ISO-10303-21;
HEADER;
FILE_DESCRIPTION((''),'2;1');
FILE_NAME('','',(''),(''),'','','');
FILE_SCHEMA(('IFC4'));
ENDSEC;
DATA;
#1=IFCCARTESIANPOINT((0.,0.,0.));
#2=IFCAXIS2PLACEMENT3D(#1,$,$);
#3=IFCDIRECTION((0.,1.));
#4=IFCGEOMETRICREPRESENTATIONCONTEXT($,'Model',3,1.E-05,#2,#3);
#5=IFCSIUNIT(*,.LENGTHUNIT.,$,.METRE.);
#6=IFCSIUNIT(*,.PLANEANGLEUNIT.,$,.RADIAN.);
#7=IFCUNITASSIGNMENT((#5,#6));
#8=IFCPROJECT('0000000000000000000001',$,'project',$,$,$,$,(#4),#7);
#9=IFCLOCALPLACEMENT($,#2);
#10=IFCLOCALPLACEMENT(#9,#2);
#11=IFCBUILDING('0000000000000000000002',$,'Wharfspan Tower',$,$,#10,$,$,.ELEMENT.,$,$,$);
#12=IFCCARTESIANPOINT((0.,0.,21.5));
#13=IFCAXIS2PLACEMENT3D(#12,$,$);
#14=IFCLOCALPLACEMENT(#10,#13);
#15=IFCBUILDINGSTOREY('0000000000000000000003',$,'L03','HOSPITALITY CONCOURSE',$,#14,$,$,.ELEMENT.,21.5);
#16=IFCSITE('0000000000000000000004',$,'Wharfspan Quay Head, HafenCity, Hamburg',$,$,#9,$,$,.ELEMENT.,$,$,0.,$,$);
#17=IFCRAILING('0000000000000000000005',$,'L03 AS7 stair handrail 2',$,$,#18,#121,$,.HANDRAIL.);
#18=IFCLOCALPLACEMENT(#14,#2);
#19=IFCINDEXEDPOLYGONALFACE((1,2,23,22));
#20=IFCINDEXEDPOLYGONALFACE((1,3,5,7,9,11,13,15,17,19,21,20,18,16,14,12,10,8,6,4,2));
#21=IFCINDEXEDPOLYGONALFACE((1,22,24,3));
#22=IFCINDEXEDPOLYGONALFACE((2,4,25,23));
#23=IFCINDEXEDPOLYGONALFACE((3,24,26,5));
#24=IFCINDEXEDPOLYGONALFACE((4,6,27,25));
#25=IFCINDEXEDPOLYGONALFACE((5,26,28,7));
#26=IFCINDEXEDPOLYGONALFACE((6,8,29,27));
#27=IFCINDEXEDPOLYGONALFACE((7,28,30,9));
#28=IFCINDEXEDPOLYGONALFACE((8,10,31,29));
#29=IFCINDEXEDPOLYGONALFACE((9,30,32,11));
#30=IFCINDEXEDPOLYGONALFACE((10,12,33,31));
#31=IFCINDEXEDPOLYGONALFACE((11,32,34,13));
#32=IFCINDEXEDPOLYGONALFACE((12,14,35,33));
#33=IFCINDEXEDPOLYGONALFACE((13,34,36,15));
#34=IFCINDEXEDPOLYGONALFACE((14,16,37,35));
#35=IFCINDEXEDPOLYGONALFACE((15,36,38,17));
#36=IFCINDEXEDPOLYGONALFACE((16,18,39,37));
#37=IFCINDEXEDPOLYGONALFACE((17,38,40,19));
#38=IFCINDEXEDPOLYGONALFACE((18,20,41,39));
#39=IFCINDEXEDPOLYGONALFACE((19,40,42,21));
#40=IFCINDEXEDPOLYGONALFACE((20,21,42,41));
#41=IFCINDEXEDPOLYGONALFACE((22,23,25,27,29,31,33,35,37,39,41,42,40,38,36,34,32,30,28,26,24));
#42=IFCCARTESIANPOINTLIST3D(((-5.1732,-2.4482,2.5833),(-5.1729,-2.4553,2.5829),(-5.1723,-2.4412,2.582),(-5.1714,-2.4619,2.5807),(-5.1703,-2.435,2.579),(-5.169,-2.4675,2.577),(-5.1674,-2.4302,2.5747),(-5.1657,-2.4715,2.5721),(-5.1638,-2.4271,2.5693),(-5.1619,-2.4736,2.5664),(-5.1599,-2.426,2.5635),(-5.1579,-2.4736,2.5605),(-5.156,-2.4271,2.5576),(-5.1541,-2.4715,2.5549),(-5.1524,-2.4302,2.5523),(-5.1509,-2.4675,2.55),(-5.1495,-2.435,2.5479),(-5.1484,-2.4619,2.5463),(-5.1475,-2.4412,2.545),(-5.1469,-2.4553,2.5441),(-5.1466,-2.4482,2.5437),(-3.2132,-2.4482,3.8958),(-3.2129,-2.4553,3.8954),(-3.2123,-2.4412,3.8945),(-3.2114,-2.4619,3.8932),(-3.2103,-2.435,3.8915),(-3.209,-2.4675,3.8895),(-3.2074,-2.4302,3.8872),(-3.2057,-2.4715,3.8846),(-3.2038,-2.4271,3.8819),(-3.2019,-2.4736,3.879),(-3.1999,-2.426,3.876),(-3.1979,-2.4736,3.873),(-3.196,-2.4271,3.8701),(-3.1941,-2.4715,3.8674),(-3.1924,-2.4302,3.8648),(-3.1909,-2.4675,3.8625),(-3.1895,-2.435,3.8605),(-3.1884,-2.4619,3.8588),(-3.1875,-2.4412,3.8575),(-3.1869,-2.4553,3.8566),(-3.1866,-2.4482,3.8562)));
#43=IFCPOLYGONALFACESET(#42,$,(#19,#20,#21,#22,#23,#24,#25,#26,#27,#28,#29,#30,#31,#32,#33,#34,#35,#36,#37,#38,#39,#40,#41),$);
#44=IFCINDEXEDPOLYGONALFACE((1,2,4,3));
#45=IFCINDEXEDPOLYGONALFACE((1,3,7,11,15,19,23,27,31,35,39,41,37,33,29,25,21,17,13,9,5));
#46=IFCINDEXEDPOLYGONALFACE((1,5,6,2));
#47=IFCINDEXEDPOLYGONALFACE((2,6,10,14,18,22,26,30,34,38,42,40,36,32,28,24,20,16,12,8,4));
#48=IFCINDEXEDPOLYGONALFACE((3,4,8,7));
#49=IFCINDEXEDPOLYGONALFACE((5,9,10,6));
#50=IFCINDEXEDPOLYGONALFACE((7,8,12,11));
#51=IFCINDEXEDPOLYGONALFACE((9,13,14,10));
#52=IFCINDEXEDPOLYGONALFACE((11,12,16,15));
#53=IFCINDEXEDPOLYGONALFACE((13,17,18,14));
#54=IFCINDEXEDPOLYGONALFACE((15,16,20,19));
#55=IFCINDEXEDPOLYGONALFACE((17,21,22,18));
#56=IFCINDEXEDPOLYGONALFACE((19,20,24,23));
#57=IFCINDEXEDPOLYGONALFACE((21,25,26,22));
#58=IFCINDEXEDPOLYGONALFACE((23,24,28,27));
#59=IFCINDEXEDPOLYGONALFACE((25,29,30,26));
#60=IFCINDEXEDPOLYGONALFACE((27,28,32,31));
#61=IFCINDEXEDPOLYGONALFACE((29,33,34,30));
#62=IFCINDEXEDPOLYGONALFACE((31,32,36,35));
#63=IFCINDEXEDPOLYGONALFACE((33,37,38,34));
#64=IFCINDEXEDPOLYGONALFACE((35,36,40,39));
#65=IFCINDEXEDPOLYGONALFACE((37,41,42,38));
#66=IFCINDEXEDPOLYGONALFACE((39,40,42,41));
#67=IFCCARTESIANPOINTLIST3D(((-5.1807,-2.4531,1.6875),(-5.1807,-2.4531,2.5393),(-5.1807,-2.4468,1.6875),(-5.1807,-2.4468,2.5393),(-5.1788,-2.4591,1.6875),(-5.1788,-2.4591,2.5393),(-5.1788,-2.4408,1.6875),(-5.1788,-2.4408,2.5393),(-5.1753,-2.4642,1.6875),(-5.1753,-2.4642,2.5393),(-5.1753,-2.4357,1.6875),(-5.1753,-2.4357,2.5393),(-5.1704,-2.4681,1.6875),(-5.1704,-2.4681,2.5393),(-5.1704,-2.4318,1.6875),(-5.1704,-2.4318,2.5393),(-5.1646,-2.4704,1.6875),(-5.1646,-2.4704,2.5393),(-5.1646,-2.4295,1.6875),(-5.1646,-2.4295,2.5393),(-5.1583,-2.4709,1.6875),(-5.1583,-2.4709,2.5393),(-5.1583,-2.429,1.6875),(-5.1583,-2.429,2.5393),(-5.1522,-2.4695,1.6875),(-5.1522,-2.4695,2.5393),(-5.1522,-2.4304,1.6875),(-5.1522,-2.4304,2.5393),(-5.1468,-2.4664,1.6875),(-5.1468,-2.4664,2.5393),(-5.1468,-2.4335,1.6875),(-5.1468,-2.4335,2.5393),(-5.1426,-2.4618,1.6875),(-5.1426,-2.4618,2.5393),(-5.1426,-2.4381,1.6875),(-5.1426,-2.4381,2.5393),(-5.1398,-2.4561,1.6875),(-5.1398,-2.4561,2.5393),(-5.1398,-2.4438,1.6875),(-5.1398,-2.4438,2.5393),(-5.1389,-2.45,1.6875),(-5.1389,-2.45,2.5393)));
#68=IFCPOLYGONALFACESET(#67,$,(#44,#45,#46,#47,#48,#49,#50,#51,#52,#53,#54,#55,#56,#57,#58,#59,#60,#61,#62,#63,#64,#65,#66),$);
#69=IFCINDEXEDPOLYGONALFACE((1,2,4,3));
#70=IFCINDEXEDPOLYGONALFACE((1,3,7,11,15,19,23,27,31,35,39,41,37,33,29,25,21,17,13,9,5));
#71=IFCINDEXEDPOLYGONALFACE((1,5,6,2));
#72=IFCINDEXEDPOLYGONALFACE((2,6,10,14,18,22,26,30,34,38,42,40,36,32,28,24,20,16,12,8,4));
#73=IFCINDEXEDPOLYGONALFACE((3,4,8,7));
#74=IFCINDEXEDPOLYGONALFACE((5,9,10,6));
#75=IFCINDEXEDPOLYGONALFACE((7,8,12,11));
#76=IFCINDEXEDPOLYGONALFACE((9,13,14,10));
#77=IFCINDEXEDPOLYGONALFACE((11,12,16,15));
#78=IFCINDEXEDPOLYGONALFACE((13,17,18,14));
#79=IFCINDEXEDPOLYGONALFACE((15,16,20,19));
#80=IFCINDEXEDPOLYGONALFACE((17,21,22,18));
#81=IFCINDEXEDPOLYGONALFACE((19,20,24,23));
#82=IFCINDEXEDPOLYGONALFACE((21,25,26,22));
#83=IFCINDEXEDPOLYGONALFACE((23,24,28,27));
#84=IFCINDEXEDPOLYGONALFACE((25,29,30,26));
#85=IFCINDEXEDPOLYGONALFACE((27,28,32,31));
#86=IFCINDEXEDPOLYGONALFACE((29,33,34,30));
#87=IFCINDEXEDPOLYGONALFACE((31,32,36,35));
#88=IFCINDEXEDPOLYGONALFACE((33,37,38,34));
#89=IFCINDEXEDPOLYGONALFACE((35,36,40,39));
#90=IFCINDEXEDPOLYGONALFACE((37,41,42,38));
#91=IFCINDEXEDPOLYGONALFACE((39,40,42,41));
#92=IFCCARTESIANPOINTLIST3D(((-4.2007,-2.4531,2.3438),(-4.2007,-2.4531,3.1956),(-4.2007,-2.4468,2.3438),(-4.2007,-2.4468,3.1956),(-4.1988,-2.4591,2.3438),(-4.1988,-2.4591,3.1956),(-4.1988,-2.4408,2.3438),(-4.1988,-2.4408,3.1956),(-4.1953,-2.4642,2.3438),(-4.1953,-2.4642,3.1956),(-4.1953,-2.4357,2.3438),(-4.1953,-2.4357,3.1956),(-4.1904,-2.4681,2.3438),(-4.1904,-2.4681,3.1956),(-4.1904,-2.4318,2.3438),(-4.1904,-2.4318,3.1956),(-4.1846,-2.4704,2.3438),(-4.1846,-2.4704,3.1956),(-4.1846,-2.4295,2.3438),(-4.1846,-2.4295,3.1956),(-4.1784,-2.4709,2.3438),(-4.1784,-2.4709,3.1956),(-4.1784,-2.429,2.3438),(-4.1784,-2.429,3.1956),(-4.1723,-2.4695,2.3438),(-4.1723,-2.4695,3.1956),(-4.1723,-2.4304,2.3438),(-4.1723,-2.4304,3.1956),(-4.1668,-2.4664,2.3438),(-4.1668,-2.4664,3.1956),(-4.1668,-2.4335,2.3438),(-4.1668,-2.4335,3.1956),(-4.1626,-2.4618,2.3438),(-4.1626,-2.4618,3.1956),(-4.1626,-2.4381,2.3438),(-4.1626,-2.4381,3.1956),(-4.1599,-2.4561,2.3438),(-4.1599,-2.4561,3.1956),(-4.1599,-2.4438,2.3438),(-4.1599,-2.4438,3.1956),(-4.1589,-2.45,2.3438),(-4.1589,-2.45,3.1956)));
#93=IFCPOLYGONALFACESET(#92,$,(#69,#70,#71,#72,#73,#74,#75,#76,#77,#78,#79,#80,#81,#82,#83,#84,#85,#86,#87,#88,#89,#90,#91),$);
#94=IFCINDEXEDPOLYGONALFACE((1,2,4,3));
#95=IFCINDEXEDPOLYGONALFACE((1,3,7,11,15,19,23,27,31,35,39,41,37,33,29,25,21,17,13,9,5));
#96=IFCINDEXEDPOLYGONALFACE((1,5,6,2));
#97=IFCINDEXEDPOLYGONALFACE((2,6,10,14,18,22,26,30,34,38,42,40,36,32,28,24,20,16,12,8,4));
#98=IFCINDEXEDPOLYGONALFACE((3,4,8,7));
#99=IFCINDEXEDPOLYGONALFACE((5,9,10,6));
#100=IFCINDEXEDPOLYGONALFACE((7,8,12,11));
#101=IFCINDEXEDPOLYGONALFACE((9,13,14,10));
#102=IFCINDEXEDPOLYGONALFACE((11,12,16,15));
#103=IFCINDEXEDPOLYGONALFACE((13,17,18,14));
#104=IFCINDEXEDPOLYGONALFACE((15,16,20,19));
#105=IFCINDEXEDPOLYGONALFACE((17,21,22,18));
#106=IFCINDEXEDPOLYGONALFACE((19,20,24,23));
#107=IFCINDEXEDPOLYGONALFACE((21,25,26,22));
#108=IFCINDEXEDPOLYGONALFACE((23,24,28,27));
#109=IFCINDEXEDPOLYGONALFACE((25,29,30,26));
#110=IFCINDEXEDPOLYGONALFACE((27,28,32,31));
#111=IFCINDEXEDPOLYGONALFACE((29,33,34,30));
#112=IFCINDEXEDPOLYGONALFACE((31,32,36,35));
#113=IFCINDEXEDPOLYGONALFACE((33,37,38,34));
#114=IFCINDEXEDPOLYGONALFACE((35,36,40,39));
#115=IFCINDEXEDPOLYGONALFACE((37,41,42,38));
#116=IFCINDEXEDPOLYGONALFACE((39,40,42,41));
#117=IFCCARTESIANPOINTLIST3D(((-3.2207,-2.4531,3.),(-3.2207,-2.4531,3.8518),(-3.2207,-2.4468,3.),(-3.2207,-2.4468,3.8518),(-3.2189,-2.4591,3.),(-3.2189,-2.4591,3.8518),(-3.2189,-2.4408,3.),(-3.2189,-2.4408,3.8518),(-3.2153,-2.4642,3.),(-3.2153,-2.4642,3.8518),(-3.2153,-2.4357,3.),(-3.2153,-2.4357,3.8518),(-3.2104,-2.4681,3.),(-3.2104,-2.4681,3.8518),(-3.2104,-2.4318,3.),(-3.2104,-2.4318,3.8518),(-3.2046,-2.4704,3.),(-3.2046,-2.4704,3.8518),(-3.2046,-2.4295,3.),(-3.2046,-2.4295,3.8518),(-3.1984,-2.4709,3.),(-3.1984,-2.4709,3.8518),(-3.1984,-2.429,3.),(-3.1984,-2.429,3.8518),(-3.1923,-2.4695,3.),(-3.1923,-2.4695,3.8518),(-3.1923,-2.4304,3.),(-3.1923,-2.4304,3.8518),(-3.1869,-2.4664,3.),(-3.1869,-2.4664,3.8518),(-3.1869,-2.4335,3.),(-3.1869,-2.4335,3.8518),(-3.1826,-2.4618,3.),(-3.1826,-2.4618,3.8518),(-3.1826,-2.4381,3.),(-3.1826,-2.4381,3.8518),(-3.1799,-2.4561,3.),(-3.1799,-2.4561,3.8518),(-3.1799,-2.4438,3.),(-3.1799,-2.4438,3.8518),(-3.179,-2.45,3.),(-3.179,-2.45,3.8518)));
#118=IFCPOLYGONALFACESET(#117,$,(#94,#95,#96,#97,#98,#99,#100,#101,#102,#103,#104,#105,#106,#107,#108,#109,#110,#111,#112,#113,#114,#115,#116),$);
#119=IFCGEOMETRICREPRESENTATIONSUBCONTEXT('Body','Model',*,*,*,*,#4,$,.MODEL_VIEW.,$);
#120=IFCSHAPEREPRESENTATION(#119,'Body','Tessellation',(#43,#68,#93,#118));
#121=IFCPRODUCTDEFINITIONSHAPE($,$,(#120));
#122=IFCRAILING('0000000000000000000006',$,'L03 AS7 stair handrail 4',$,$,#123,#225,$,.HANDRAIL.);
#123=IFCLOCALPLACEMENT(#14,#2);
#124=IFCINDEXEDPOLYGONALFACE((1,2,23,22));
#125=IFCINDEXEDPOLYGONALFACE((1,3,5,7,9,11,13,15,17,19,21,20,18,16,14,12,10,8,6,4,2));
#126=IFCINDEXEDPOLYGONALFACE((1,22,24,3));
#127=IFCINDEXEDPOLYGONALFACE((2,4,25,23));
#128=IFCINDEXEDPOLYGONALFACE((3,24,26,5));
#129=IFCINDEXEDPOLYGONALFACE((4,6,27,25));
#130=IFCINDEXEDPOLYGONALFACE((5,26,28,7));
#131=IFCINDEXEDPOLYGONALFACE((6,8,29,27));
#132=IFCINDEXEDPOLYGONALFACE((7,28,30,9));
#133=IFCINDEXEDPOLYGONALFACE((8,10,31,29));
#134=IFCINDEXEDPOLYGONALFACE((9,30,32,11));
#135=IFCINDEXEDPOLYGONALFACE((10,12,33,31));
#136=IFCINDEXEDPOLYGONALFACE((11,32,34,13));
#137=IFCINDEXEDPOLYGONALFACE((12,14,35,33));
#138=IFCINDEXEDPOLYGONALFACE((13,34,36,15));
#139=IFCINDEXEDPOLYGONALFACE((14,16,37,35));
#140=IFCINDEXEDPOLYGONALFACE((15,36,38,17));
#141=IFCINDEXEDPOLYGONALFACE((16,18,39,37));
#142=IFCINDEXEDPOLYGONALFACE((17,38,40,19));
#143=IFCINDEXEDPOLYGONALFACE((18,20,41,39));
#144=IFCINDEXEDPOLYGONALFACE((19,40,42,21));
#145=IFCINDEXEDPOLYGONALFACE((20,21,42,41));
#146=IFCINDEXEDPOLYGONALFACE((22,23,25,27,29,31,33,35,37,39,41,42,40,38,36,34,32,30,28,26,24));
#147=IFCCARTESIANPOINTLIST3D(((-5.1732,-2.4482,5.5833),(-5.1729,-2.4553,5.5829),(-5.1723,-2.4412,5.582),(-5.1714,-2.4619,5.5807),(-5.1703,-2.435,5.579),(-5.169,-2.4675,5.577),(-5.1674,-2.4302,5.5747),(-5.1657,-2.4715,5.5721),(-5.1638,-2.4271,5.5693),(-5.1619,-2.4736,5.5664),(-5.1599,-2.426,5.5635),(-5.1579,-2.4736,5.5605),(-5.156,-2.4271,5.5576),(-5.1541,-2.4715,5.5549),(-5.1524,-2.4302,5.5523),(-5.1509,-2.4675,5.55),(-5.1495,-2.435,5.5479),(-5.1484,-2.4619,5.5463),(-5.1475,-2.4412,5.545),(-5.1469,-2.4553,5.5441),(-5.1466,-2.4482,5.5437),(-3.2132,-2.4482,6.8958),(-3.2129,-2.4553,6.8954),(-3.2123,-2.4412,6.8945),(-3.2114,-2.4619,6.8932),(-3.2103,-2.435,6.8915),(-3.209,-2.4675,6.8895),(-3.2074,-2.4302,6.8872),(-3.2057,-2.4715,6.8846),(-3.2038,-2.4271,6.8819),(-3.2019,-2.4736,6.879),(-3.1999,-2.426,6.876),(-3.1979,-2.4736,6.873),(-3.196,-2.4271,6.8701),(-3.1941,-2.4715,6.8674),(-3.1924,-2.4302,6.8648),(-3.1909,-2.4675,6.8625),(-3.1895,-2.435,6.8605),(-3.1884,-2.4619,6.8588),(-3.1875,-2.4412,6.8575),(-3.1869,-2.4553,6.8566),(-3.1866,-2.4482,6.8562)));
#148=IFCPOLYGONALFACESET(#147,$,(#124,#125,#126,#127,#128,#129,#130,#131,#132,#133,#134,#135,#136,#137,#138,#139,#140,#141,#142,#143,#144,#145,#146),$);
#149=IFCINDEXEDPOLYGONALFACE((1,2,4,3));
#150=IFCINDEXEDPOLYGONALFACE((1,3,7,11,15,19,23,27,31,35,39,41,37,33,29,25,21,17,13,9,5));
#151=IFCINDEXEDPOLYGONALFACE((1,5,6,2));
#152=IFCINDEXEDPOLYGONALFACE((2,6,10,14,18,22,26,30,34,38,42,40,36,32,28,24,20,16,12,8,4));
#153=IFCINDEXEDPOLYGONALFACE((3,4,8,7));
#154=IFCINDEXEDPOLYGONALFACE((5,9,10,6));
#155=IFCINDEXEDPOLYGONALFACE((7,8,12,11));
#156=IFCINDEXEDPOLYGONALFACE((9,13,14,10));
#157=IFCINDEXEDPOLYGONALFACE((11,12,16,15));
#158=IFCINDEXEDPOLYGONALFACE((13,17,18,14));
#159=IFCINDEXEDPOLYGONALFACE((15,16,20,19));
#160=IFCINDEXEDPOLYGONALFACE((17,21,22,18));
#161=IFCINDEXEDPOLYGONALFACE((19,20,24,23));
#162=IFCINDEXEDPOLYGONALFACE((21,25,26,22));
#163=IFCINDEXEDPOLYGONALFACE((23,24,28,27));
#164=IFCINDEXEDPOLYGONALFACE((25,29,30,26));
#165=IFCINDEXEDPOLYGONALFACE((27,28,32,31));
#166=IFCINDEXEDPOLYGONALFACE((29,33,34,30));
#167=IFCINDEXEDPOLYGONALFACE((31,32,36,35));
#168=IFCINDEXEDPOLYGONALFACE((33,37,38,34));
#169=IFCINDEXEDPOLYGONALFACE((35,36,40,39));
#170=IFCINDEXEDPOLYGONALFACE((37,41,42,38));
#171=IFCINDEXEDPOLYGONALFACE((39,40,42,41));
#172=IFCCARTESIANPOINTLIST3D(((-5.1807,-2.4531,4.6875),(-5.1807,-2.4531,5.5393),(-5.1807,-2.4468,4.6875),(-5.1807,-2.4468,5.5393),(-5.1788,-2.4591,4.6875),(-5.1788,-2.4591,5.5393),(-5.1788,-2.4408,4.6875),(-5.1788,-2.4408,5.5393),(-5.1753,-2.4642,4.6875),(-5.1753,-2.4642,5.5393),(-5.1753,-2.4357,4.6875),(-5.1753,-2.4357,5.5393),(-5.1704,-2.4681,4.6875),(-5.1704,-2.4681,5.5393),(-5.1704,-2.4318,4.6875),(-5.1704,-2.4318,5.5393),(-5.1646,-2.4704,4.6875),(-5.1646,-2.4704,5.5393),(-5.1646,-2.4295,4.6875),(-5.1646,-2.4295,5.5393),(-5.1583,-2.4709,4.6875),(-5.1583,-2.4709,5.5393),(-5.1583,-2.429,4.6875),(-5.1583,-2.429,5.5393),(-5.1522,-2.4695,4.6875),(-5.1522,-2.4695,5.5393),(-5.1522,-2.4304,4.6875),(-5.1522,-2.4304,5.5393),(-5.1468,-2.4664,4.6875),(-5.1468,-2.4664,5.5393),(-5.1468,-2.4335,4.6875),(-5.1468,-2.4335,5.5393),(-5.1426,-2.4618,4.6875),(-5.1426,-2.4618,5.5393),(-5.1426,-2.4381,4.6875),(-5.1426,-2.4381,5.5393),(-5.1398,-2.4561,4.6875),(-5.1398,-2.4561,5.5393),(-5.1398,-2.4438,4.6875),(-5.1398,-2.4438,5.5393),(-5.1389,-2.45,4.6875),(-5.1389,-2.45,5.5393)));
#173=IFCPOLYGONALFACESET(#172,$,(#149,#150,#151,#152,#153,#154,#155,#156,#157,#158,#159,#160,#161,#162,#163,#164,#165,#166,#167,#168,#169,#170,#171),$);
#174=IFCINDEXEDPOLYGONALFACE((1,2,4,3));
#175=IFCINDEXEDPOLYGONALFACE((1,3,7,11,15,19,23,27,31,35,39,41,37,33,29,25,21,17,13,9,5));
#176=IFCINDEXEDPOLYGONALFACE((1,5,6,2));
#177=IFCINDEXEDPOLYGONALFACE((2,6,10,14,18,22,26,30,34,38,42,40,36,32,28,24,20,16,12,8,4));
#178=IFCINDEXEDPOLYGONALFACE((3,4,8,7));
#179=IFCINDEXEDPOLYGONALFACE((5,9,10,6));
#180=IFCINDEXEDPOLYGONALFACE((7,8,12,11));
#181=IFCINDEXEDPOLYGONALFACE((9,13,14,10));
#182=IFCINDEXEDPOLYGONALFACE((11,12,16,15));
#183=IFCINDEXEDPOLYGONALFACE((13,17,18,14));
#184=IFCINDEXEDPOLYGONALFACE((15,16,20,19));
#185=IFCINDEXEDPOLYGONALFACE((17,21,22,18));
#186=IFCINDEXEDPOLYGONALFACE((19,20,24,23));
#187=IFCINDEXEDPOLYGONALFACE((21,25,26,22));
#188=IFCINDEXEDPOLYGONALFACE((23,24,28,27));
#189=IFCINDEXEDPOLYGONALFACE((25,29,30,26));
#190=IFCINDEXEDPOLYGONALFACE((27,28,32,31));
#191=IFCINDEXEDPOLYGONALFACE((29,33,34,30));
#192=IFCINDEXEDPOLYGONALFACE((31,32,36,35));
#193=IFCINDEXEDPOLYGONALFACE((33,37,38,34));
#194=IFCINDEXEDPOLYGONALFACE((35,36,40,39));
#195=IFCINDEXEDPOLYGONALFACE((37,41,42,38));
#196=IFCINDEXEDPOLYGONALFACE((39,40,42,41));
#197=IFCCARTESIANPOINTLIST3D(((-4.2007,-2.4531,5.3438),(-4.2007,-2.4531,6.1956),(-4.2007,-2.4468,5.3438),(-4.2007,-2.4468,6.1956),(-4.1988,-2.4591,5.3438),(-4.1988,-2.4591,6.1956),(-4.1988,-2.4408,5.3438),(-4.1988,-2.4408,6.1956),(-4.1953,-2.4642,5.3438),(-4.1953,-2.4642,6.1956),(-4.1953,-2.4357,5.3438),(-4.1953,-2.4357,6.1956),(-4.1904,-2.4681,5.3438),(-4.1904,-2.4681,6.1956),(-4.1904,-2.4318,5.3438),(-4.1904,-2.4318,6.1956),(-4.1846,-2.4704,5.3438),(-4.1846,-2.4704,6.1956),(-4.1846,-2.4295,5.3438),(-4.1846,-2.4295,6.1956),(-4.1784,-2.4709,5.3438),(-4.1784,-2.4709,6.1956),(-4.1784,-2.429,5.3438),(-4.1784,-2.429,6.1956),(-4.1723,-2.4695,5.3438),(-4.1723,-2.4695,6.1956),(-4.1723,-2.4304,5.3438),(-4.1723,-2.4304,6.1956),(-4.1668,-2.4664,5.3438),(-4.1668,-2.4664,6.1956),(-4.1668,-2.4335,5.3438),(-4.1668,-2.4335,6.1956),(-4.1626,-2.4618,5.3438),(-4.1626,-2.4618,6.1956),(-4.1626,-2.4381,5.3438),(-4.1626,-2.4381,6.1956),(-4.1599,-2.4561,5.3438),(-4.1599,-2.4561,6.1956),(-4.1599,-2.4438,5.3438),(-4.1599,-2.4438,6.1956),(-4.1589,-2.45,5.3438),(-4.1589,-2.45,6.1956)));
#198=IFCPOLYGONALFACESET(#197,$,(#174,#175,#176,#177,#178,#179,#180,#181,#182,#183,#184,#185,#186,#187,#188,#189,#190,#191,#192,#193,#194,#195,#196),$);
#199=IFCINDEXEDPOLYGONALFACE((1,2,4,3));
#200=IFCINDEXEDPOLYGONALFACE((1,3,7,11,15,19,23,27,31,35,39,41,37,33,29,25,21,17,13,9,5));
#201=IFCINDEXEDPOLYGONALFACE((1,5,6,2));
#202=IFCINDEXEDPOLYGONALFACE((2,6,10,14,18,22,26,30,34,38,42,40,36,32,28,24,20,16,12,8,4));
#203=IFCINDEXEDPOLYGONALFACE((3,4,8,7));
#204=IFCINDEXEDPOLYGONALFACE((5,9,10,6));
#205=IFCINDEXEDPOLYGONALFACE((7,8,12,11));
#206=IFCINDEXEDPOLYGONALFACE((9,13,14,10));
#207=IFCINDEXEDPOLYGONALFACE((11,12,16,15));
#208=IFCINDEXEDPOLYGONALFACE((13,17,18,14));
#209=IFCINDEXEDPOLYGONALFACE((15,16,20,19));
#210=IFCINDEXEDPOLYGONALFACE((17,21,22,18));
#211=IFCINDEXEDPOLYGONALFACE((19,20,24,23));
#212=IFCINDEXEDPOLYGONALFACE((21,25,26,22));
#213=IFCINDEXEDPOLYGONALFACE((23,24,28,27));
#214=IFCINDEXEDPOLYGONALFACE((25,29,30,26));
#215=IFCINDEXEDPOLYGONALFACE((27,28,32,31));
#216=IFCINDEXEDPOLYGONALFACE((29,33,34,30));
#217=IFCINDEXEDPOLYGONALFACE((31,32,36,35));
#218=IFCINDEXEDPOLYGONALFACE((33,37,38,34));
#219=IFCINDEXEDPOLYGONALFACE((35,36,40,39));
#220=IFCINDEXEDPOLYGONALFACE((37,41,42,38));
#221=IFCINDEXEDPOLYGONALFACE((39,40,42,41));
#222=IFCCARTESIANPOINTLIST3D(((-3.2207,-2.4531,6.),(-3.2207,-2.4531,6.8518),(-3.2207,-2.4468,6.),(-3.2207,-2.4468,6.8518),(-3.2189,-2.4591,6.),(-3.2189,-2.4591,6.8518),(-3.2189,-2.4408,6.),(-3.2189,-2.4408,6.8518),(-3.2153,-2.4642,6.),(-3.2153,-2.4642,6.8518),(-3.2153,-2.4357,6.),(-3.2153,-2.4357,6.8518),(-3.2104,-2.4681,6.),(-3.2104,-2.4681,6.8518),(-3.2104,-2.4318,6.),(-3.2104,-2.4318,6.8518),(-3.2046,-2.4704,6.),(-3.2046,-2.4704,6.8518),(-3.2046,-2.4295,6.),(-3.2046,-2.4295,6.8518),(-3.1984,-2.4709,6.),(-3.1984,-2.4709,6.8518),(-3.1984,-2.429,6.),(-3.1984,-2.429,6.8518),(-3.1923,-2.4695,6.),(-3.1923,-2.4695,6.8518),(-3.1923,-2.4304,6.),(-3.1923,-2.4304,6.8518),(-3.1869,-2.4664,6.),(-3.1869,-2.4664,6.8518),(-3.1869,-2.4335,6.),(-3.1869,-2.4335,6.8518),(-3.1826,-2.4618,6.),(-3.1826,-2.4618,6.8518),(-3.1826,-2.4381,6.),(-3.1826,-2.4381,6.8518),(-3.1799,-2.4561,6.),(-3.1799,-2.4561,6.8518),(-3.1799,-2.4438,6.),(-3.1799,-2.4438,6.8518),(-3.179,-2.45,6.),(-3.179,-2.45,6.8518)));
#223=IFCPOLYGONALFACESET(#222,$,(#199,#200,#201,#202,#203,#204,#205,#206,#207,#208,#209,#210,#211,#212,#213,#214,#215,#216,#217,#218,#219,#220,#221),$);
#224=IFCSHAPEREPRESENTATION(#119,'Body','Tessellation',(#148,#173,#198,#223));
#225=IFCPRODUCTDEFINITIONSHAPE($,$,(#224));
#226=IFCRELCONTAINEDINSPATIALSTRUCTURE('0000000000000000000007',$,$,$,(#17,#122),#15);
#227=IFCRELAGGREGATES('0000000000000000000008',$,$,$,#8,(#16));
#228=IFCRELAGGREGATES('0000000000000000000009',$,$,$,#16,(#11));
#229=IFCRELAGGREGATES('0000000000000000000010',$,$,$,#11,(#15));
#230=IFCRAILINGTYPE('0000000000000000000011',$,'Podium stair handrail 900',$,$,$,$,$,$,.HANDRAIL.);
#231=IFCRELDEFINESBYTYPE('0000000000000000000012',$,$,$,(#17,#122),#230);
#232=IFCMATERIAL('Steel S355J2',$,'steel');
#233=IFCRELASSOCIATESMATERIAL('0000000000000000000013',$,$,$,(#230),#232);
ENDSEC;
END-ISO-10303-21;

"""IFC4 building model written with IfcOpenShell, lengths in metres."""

from ifc_helpers import new_model, si_unit, direction, frame, origin, origin_2d, place, context, subcontext, project, spatial, circle, extrude, material, type_object, element, save


model = new_model("IFC4")

# Units and contexts
model_context = context("Model", 3, precision=1e-05, world=origin(), true_north=direction((0.0, 1.0)))
body_context = subcontext(model_context, "Body", "Model", "MODEL_VIEW")
ifc_project = project(units=[si_unit("LENGTHUNIT", "METRE"), si_unit("PLANEANGLEUNIT", "RADIAN")], contexts=[model_context])

# Site, building, storey
site_placement = place(None, origin())
site = spatial("IfcSite", under=ifc_project, at=site_placement, Name="Wharfspan Quay Head, HafenCity, Hamburg", CompositionType="ELEMENT", RefElevation=0.0)
building_placement = place(site_placement, origin())
building = spatial("IfcBuilding", under=site, at=building_placement, Name="Wharfspan Tower", CompositionType="ELEMENT")
storey_placement = place(building_placement, frame((0.0, 0.0, 21.5)))
storey = spatial("IfcBuildingStorey", under=building, at=storey_placement, Name="L03", Description="HOSPITALITY CONCOURSE", CompositionType="ELEMENT", Elevation=21.5)

# Railings
ifc_material_1 = material(Name="Steel S355J2", Category="steel")
railing_type_1 = type_object("IfcRailingType", Name="Podium stair handrail 900", PredefinedType="HANDRAIL", material=ifc_material_1)
for number, where, name in (
    (1, (-5.1599, -2.45, 1.6875), "L03 AS7 stair handrail 2"),
    (2, (-5.1599, -2.45, 4.6875), "L03 AS7 stair handrail 4"),
):
    element("IfcRailing", number, at=place(storey_placement, frame(where)), inside=storey, type_object=railing_type_1, Name=name, PredefinedType="HANDRAIL", context=body_context, shape_type="SweptSolid", body=[
        extrude(circle(Radius=0.0239, at=origin_2d()), frame((0.0, 0.0, 0.876), z_axis=(0.830902, 0.0, 0.556419), x_axis=(0.0, 1.0, 0.0)), (0.0, 0.0, 1.0), 2.3589),
        extrude(circle(Radius=0.021, at=origin_2d()), origin(), (0.0, 0.0, 1.0), 0.8518),
        extrude(circle(Radius=0.021, at=origin_2d()), frame((0.98, 0.0, 0.6562)), (0.0, 0.0, 1.0), 0.8518),
        extrude(circle(Radius=0.021, at=origin_2d()), frame((1.96, 0.0, 1.3125)), (0.0, 0.0, 1.0), 0.8518),
    ])

save(model, "model.ifc")
